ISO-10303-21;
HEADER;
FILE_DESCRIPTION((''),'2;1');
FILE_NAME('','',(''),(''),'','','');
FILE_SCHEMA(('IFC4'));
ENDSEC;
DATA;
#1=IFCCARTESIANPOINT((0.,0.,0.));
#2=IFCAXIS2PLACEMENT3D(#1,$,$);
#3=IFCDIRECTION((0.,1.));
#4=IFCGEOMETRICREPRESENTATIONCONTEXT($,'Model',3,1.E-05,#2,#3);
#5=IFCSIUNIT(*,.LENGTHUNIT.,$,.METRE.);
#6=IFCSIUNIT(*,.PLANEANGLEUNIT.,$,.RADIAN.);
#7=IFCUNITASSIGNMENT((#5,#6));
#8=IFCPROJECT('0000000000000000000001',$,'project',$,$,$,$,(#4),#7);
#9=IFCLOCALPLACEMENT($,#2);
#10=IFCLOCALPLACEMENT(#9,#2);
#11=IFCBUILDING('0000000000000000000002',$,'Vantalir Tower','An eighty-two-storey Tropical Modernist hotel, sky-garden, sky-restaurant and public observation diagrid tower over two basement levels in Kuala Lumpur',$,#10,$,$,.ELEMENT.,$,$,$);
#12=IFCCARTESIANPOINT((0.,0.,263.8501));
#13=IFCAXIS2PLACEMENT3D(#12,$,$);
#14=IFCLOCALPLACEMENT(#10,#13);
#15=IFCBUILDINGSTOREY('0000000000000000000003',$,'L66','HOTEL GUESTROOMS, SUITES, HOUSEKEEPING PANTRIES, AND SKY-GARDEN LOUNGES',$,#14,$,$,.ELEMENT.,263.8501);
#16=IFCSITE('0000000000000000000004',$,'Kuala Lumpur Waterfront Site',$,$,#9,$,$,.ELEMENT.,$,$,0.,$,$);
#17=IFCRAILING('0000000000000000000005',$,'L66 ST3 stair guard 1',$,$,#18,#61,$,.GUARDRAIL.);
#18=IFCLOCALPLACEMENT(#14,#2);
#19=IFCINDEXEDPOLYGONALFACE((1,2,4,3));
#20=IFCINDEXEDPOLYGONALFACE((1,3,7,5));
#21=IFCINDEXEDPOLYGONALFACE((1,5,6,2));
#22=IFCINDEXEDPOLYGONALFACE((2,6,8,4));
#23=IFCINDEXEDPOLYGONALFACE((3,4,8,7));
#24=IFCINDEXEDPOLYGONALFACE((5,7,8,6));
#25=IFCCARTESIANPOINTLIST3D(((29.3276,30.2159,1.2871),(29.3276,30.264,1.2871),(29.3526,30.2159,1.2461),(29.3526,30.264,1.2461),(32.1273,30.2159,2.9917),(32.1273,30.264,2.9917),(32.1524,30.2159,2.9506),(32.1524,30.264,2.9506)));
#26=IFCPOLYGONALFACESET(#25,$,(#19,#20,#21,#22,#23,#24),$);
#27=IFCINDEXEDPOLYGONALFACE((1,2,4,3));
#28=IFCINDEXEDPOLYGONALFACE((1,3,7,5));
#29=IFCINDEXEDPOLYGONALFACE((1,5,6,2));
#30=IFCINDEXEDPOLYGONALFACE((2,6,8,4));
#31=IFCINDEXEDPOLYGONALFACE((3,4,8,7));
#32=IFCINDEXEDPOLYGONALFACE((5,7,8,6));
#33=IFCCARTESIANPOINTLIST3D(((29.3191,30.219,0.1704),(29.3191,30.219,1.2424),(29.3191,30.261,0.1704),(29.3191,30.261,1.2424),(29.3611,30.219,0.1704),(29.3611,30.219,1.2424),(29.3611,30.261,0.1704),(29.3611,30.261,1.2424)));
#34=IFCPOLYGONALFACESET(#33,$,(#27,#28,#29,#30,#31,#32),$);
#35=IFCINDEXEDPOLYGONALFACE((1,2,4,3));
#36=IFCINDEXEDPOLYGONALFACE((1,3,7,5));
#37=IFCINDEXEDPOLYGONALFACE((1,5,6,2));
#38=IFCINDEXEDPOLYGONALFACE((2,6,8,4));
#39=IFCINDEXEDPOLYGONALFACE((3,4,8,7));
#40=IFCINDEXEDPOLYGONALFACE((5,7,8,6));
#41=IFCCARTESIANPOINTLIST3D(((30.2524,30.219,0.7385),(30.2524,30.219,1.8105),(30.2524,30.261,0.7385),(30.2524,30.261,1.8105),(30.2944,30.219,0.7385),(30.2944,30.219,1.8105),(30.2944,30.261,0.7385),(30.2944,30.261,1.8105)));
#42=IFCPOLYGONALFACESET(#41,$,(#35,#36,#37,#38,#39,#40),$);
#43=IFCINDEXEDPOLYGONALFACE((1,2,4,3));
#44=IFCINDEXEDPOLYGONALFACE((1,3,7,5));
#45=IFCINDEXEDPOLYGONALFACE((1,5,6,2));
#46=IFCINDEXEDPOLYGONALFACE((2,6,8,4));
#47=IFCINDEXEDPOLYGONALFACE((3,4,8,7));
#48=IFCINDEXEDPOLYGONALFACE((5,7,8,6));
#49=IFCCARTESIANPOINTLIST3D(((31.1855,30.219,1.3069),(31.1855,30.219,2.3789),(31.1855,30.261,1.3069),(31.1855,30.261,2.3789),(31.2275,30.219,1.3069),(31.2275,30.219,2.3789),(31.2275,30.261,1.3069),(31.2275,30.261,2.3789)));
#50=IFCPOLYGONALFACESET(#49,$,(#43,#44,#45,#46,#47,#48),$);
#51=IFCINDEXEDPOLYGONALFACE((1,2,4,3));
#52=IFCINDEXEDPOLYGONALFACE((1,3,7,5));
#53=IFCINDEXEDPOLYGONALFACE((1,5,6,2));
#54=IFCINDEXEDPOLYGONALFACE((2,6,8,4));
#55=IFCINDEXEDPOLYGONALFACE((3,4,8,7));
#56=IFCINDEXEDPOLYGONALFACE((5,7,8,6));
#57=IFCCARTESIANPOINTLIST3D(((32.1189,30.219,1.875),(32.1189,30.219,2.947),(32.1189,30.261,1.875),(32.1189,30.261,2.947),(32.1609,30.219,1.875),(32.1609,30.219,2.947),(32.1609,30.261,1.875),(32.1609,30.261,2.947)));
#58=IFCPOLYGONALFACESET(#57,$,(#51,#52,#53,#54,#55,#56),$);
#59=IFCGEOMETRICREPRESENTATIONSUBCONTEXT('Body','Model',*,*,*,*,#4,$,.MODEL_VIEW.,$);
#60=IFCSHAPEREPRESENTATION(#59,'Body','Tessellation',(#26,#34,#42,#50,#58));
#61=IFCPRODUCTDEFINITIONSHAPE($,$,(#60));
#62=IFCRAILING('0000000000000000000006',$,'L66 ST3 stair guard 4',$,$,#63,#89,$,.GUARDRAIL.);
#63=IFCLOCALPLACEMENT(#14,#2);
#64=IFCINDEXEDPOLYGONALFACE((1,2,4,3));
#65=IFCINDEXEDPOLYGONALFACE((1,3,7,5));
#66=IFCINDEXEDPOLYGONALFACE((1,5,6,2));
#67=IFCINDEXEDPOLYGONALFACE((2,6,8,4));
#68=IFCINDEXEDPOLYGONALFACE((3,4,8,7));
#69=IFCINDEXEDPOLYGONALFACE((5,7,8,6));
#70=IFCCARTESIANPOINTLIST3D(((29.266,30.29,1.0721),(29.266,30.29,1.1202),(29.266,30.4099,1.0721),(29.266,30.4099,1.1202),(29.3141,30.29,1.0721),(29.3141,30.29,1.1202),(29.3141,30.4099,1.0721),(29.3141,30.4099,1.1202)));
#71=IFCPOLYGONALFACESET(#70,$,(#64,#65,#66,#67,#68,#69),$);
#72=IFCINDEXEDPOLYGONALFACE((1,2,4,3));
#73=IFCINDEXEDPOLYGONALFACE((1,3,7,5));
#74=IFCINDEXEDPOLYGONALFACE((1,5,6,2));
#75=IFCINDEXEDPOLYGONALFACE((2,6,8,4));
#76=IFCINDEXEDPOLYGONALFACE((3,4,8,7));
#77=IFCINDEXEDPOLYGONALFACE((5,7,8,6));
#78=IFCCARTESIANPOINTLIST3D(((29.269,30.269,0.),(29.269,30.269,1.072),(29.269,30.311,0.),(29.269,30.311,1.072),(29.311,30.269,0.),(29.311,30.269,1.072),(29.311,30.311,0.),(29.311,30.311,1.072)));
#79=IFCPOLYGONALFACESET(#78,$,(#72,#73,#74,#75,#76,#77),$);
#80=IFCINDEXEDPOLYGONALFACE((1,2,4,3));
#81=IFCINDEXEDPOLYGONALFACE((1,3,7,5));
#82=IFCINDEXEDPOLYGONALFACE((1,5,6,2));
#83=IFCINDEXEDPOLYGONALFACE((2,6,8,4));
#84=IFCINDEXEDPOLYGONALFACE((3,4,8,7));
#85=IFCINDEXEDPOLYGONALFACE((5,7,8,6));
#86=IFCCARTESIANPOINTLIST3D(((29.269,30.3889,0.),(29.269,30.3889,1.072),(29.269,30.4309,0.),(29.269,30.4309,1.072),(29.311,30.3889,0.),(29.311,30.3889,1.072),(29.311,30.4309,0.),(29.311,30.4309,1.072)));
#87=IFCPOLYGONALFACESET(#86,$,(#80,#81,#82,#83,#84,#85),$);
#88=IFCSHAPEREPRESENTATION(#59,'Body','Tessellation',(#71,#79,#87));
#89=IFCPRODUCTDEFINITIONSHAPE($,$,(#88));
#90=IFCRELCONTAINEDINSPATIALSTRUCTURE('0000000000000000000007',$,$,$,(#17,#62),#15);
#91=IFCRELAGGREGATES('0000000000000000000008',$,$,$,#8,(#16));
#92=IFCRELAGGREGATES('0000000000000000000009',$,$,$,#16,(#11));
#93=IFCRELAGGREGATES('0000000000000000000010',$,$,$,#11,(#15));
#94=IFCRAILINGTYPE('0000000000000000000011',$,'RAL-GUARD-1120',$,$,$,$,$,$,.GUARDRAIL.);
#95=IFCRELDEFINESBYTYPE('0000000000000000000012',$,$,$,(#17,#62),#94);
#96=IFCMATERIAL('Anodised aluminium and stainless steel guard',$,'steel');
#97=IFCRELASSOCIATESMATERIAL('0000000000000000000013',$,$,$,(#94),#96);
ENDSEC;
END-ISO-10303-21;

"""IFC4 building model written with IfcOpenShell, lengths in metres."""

from ifc_helpers import new_model, si_unit, direction, frame, origin, origin_2d, place, context, subcontext, project, spatial, rectangle, extrude, material, type_object, element, save


model = new_model("IFC4")

# Units and contexts
model_context = context("Model", 3, precision=1e-05, world=origin(), true_north=direction((0.0, 1.0)))
body_context = subcontext(model_context, "Body", "Model", "MODEL_VIEW")
ifc_project = project(units=[si_unit("LENGTHUNIT", "METRE"), si_unit("PLANEANGLEUNIT", "RADIAN")], contexts=[model_context])

# Site, building, storey
site_placement = place(None, origin())
site = spatial("IfcSite", under=ifc_project, at=site_placement, Name="Kuala Lumpur Waterfront Site", CompositionType="ELEMENT", RefElevation=0.0)
building_placement = place(site_placement, origin())
building = spatial("IfcBuilding", under=site, at=building_placement, Name="Vantalir Tower", Description="An eighty-two-storey Tropical Modernist hotel, sky-garden, sky-restaurant and public observation diagrid tower over two basement levels in Kuala Lumpur", CompositionType="ELEMENT")
storey_placement = place(building_placement, frame((0.0, 0.0, 263.8501)))
storey = spatial("IfcBuildingStorey", under=building, at=storey_placement, Name="L66", Description="HOTEL GUESTROOMS, SUITES, HOUSEKEEPING PANTRIES, AND SKY-GARDEN LOUNGES", CompositionType="ELEMENT", Elevation=263.8501)

# Railings
ifc_material_1 = material(Name="Anodised aluminium and stainless steel guard", Category="steel")
railing_type = type_object("IfcRailingType", Name="RAL-GUARD-1120", PredefinedType="GUARDRAIL", material=ifc_material_1)
railing_1_placement = place(storey_placement, frame((29.3401, 30.24, 0.1704)))
element("IfcRailing", 1, at=railing_1_placement, inside=storey, type_object=railing_type, Name="L66 ST3 stair guard 1", PredefinedType="GUARDRAIL", context=body_context, shape_type="SweptSolid", body=[
    extrude(rectangle(XDim=0.0481, YDim=0.0481, at=origin_2d()), frame((0.0, 0.0, 1.0962), z_axis=(0.85415, 0.0, 0.520027), x_axis=(0.0, 1.0, 0.0)), (0.0, 0.0, 1.0), 3.2778),
    extrude(rectangle(XDim=0.042, YDim=0.042, at=origin_2d()), origin(), (0.0, 0.0, 1.0), 1.072),
    extrude(rectangle(XDim=0.042, YDim=0.042, at=origin_2d()), frame((0.9333, 0.0, 0.5681)), (0.0, 0.0, 1.0), 1.072),
    extrude(rectangle(XDim=0.042, YDim=0.042, at=origin_2d()), frame((1.8665, 0.0, 1.1365)), (0.0, 0.0, 1.0), 1.072),
    extrude(rectangle(XDim=0.042, YDim=0.042, at=origin_2d()), frame((2.7998, 0.0, 1.7046)), (0.0, 0.0, 1.0), 1.072),
])
railing_2_placement = place(storey_placement, frame((29.29, 30.29, 0.0)))
element("IfcRailing", 2, at=railing_2_placement, inside=storey, type_object=railing_type, Name="L66 ST3 stair guard 4", PredefinedType="GUARDRAIL", context=body_context, shape_type="SweptSolid", body=[
    extrude(rectangle(XDim=0.0481, YDim=0.0481, at=origin_2d()), frame((0.0, 0.0, 1.0962), z_axis=(0.0, 1.0, 0.0), x_axis=(-1.0, 0.0, 0.0)), (0.0, 0.0, 1.0), 0.1199),
    extrude(rectangle(XDim=0.042, YDim=0.042, at=origin_2d()), origin(), (0.0, 0.0, 1.0), 1.072),
    extrude(rectangle(XDim=0.042, YDim=0.042, at=origin_2d()), frame((0.0, 0.1199, 0.0)), (0.0, 0.0, 1.0), 1.072),
])

save(model, "model.ifc")
